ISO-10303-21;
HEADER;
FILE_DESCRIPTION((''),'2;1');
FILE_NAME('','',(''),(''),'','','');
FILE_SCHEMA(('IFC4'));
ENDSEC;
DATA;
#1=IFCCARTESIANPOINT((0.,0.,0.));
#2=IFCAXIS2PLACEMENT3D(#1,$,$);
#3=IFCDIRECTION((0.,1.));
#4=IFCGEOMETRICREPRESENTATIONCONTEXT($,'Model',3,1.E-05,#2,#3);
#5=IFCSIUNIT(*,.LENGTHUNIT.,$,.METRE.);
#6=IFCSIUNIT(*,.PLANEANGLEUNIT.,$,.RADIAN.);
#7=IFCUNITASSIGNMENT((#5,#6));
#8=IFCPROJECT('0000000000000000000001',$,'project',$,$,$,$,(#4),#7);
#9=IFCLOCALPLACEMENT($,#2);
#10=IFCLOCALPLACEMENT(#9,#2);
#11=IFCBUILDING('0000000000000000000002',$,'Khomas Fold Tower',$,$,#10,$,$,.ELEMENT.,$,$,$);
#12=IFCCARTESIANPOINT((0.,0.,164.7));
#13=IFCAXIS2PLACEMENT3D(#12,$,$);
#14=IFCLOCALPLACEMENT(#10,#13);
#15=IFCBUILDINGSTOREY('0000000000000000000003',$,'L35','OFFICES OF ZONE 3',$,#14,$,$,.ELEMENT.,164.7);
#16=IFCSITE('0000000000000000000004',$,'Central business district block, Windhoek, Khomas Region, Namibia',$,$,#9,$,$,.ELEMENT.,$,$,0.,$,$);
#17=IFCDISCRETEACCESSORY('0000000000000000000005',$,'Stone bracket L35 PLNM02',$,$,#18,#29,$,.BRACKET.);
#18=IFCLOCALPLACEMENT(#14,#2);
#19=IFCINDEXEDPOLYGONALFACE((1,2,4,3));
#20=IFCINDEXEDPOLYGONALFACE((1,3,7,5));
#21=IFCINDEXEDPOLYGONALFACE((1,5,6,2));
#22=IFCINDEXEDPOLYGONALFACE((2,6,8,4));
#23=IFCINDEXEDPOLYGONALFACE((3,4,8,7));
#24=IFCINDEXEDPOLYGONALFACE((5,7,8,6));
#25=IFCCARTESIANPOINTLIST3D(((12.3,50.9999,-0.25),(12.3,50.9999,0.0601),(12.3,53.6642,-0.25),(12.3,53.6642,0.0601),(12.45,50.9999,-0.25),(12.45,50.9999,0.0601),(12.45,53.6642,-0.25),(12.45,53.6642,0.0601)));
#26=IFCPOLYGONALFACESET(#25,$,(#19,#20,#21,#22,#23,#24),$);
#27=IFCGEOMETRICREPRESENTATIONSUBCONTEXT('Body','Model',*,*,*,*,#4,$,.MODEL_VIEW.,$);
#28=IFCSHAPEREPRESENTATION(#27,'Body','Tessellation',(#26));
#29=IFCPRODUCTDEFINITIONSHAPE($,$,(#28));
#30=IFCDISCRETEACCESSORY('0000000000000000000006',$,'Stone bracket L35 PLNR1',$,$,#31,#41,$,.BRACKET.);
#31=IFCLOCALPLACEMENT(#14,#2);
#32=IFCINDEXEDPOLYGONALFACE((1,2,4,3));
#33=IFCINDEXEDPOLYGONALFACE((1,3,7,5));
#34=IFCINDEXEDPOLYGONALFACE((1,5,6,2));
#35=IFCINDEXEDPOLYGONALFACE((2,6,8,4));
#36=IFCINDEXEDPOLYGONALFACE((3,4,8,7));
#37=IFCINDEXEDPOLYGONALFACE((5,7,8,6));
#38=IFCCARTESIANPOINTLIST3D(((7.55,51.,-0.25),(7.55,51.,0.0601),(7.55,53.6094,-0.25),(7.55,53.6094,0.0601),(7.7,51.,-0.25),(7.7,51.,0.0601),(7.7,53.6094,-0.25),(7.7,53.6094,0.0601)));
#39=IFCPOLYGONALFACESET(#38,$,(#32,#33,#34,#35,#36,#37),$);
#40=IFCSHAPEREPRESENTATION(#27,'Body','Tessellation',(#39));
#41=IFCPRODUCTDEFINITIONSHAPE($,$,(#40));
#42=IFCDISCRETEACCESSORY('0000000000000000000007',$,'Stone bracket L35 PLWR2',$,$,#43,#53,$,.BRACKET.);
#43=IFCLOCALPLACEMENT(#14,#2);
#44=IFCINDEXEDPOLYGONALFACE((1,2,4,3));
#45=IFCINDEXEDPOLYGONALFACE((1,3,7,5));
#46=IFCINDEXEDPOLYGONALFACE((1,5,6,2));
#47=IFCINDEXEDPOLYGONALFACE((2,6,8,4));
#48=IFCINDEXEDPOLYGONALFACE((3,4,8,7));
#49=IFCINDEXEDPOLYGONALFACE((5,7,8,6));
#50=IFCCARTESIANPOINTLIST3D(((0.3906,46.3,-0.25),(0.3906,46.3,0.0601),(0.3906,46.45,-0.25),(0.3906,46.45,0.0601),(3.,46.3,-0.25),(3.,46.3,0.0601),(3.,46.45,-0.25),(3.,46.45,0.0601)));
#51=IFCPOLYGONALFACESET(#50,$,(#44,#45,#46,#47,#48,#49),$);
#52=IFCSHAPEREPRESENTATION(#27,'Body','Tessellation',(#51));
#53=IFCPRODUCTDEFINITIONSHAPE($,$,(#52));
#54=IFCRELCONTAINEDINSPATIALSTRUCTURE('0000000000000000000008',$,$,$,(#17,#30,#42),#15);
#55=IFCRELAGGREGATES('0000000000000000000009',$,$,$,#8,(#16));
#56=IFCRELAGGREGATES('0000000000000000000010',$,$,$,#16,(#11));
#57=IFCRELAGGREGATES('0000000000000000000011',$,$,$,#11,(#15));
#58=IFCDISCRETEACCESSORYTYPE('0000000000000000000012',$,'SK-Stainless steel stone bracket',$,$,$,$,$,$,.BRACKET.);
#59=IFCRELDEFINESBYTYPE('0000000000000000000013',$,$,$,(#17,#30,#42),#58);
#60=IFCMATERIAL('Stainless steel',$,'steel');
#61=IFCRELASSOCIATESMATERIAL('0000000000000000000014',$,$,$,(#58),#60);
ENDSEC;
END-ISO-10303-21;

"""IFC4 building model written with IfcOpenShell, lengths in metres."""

from ifc_helpers import new_model, si_unit, direction, frame, origin, origin_2d, place, context, subcontext, project, spatial, rectangle, extrude, source, transform, mapped, material, type_object, element, save


model = new_model("IFC4")

# Units and contexts
model_context = context("Model", 3, precision=1e-05, world=origin(), true_north=direction((0.0, 1.0)))
body_context = subcontext(model_context, "Body", "Model", "MODEL_VIEW")
ifc_project = project(units=[si_unit("LENGTHUNIT", "METRE"), si_unit("PLANEANGLEUNIT", "RADIAN")], contexts=[model_context])

# Site, building, storey
site_placement = place(None, origin())
site = spatial("IfcSite", under=ifc_project, at=site_placement, Name="Central business district block, Windhoek, Khomas Region, Namibia", CompositionType="ELEMENT", RefElevation=0.0)
building_placement = place(site_placement, origin())
building = spatial("IfcBuilding", under=site, at=building_placement, Name="Khomas Fold Tower", CompositionType="ELEMENT")
storey_placement = place(building_placement, frame((0.0, 0.0, 164.7)))
storey = spatial("IfcBuildingStorey", under=building, at=storey_placement, Name="L35", Description="OFFICES OF ZONE 3", CompositionType="ELEMENT", Elevation=164.7)

# Discrete accessories
ifc_material_1 = material(Name="Stainless steel", Category="steel")
discrete_accessory_type = type_object("IfcDiscreteAccessoryType", Name="SK-Stainless steel stone bracket", PredefinedType="BRACKET", material=ifc_material_1)
shared_shape_1 = source(origin(), body_context, "Body", "SweptSolid", [
    extrude(rectangle(XDim=2.6643, YDim=0.1499, at=origin_2d()), origin(), (0.0, 0.0, 1.0), 0.3101),
])
discrete_accessory_1_placement = place(storey_placement, frame((12.375, 52.332, -0.25), z_axis=(0.0, 0.0, 1.0), x_axis=(0.0, 1.0, 0.0)))
element("IfcDiscreteAccessory", 1, at=discrete_accessory_1_placement, inside=storey, type_object=discrete_accessory_type, Name="Stone bracket L35 PLNM02", PredefinedType="BRACKET", context=body_context, shape_type="MappedRepresentation", body=[
    mapped(shared_shape_1, transform((0.0, 0.0, 0.0))),
])
shared_shape_2 = source(origin(), body_context, "Body", "SweptSolid", [
    extrude(rectangle(XDim=2.6094, YDim=0.1499, at=origin_2d()), origin(), (0.0, 0.0, 1.0), 0.3101),
])
for number, where, z_axis, x_axis, name in (
    (2, (7.625, 52.3047, -0.25), (0.0, 0.0, 1.0), (0.0, 1.0, 0.0), "Stone bracket L35 PLNR1"),
    (3, (1.6953, 46.375, -0.25), (0.0, 0.0, 1.0), (-1.0, 0.0, 0.0), "Stone bracket L35 PLWR2"),
):
    element("IfcDiscreteAccessory", number, at=place(storey_placement, frame(where, z_axis=z_axis, x_axis=x_axis)), inside=storey, type_object=discrete_accessory_type, Name=name, PredefinedType="BRACKET", context=body_context, shape_type="MappedRepresentation", body=[
        mapped(shared_shape_2, transform((0.0, 0.0, 0.0))),
    ])

save(model, "model.ifc")
